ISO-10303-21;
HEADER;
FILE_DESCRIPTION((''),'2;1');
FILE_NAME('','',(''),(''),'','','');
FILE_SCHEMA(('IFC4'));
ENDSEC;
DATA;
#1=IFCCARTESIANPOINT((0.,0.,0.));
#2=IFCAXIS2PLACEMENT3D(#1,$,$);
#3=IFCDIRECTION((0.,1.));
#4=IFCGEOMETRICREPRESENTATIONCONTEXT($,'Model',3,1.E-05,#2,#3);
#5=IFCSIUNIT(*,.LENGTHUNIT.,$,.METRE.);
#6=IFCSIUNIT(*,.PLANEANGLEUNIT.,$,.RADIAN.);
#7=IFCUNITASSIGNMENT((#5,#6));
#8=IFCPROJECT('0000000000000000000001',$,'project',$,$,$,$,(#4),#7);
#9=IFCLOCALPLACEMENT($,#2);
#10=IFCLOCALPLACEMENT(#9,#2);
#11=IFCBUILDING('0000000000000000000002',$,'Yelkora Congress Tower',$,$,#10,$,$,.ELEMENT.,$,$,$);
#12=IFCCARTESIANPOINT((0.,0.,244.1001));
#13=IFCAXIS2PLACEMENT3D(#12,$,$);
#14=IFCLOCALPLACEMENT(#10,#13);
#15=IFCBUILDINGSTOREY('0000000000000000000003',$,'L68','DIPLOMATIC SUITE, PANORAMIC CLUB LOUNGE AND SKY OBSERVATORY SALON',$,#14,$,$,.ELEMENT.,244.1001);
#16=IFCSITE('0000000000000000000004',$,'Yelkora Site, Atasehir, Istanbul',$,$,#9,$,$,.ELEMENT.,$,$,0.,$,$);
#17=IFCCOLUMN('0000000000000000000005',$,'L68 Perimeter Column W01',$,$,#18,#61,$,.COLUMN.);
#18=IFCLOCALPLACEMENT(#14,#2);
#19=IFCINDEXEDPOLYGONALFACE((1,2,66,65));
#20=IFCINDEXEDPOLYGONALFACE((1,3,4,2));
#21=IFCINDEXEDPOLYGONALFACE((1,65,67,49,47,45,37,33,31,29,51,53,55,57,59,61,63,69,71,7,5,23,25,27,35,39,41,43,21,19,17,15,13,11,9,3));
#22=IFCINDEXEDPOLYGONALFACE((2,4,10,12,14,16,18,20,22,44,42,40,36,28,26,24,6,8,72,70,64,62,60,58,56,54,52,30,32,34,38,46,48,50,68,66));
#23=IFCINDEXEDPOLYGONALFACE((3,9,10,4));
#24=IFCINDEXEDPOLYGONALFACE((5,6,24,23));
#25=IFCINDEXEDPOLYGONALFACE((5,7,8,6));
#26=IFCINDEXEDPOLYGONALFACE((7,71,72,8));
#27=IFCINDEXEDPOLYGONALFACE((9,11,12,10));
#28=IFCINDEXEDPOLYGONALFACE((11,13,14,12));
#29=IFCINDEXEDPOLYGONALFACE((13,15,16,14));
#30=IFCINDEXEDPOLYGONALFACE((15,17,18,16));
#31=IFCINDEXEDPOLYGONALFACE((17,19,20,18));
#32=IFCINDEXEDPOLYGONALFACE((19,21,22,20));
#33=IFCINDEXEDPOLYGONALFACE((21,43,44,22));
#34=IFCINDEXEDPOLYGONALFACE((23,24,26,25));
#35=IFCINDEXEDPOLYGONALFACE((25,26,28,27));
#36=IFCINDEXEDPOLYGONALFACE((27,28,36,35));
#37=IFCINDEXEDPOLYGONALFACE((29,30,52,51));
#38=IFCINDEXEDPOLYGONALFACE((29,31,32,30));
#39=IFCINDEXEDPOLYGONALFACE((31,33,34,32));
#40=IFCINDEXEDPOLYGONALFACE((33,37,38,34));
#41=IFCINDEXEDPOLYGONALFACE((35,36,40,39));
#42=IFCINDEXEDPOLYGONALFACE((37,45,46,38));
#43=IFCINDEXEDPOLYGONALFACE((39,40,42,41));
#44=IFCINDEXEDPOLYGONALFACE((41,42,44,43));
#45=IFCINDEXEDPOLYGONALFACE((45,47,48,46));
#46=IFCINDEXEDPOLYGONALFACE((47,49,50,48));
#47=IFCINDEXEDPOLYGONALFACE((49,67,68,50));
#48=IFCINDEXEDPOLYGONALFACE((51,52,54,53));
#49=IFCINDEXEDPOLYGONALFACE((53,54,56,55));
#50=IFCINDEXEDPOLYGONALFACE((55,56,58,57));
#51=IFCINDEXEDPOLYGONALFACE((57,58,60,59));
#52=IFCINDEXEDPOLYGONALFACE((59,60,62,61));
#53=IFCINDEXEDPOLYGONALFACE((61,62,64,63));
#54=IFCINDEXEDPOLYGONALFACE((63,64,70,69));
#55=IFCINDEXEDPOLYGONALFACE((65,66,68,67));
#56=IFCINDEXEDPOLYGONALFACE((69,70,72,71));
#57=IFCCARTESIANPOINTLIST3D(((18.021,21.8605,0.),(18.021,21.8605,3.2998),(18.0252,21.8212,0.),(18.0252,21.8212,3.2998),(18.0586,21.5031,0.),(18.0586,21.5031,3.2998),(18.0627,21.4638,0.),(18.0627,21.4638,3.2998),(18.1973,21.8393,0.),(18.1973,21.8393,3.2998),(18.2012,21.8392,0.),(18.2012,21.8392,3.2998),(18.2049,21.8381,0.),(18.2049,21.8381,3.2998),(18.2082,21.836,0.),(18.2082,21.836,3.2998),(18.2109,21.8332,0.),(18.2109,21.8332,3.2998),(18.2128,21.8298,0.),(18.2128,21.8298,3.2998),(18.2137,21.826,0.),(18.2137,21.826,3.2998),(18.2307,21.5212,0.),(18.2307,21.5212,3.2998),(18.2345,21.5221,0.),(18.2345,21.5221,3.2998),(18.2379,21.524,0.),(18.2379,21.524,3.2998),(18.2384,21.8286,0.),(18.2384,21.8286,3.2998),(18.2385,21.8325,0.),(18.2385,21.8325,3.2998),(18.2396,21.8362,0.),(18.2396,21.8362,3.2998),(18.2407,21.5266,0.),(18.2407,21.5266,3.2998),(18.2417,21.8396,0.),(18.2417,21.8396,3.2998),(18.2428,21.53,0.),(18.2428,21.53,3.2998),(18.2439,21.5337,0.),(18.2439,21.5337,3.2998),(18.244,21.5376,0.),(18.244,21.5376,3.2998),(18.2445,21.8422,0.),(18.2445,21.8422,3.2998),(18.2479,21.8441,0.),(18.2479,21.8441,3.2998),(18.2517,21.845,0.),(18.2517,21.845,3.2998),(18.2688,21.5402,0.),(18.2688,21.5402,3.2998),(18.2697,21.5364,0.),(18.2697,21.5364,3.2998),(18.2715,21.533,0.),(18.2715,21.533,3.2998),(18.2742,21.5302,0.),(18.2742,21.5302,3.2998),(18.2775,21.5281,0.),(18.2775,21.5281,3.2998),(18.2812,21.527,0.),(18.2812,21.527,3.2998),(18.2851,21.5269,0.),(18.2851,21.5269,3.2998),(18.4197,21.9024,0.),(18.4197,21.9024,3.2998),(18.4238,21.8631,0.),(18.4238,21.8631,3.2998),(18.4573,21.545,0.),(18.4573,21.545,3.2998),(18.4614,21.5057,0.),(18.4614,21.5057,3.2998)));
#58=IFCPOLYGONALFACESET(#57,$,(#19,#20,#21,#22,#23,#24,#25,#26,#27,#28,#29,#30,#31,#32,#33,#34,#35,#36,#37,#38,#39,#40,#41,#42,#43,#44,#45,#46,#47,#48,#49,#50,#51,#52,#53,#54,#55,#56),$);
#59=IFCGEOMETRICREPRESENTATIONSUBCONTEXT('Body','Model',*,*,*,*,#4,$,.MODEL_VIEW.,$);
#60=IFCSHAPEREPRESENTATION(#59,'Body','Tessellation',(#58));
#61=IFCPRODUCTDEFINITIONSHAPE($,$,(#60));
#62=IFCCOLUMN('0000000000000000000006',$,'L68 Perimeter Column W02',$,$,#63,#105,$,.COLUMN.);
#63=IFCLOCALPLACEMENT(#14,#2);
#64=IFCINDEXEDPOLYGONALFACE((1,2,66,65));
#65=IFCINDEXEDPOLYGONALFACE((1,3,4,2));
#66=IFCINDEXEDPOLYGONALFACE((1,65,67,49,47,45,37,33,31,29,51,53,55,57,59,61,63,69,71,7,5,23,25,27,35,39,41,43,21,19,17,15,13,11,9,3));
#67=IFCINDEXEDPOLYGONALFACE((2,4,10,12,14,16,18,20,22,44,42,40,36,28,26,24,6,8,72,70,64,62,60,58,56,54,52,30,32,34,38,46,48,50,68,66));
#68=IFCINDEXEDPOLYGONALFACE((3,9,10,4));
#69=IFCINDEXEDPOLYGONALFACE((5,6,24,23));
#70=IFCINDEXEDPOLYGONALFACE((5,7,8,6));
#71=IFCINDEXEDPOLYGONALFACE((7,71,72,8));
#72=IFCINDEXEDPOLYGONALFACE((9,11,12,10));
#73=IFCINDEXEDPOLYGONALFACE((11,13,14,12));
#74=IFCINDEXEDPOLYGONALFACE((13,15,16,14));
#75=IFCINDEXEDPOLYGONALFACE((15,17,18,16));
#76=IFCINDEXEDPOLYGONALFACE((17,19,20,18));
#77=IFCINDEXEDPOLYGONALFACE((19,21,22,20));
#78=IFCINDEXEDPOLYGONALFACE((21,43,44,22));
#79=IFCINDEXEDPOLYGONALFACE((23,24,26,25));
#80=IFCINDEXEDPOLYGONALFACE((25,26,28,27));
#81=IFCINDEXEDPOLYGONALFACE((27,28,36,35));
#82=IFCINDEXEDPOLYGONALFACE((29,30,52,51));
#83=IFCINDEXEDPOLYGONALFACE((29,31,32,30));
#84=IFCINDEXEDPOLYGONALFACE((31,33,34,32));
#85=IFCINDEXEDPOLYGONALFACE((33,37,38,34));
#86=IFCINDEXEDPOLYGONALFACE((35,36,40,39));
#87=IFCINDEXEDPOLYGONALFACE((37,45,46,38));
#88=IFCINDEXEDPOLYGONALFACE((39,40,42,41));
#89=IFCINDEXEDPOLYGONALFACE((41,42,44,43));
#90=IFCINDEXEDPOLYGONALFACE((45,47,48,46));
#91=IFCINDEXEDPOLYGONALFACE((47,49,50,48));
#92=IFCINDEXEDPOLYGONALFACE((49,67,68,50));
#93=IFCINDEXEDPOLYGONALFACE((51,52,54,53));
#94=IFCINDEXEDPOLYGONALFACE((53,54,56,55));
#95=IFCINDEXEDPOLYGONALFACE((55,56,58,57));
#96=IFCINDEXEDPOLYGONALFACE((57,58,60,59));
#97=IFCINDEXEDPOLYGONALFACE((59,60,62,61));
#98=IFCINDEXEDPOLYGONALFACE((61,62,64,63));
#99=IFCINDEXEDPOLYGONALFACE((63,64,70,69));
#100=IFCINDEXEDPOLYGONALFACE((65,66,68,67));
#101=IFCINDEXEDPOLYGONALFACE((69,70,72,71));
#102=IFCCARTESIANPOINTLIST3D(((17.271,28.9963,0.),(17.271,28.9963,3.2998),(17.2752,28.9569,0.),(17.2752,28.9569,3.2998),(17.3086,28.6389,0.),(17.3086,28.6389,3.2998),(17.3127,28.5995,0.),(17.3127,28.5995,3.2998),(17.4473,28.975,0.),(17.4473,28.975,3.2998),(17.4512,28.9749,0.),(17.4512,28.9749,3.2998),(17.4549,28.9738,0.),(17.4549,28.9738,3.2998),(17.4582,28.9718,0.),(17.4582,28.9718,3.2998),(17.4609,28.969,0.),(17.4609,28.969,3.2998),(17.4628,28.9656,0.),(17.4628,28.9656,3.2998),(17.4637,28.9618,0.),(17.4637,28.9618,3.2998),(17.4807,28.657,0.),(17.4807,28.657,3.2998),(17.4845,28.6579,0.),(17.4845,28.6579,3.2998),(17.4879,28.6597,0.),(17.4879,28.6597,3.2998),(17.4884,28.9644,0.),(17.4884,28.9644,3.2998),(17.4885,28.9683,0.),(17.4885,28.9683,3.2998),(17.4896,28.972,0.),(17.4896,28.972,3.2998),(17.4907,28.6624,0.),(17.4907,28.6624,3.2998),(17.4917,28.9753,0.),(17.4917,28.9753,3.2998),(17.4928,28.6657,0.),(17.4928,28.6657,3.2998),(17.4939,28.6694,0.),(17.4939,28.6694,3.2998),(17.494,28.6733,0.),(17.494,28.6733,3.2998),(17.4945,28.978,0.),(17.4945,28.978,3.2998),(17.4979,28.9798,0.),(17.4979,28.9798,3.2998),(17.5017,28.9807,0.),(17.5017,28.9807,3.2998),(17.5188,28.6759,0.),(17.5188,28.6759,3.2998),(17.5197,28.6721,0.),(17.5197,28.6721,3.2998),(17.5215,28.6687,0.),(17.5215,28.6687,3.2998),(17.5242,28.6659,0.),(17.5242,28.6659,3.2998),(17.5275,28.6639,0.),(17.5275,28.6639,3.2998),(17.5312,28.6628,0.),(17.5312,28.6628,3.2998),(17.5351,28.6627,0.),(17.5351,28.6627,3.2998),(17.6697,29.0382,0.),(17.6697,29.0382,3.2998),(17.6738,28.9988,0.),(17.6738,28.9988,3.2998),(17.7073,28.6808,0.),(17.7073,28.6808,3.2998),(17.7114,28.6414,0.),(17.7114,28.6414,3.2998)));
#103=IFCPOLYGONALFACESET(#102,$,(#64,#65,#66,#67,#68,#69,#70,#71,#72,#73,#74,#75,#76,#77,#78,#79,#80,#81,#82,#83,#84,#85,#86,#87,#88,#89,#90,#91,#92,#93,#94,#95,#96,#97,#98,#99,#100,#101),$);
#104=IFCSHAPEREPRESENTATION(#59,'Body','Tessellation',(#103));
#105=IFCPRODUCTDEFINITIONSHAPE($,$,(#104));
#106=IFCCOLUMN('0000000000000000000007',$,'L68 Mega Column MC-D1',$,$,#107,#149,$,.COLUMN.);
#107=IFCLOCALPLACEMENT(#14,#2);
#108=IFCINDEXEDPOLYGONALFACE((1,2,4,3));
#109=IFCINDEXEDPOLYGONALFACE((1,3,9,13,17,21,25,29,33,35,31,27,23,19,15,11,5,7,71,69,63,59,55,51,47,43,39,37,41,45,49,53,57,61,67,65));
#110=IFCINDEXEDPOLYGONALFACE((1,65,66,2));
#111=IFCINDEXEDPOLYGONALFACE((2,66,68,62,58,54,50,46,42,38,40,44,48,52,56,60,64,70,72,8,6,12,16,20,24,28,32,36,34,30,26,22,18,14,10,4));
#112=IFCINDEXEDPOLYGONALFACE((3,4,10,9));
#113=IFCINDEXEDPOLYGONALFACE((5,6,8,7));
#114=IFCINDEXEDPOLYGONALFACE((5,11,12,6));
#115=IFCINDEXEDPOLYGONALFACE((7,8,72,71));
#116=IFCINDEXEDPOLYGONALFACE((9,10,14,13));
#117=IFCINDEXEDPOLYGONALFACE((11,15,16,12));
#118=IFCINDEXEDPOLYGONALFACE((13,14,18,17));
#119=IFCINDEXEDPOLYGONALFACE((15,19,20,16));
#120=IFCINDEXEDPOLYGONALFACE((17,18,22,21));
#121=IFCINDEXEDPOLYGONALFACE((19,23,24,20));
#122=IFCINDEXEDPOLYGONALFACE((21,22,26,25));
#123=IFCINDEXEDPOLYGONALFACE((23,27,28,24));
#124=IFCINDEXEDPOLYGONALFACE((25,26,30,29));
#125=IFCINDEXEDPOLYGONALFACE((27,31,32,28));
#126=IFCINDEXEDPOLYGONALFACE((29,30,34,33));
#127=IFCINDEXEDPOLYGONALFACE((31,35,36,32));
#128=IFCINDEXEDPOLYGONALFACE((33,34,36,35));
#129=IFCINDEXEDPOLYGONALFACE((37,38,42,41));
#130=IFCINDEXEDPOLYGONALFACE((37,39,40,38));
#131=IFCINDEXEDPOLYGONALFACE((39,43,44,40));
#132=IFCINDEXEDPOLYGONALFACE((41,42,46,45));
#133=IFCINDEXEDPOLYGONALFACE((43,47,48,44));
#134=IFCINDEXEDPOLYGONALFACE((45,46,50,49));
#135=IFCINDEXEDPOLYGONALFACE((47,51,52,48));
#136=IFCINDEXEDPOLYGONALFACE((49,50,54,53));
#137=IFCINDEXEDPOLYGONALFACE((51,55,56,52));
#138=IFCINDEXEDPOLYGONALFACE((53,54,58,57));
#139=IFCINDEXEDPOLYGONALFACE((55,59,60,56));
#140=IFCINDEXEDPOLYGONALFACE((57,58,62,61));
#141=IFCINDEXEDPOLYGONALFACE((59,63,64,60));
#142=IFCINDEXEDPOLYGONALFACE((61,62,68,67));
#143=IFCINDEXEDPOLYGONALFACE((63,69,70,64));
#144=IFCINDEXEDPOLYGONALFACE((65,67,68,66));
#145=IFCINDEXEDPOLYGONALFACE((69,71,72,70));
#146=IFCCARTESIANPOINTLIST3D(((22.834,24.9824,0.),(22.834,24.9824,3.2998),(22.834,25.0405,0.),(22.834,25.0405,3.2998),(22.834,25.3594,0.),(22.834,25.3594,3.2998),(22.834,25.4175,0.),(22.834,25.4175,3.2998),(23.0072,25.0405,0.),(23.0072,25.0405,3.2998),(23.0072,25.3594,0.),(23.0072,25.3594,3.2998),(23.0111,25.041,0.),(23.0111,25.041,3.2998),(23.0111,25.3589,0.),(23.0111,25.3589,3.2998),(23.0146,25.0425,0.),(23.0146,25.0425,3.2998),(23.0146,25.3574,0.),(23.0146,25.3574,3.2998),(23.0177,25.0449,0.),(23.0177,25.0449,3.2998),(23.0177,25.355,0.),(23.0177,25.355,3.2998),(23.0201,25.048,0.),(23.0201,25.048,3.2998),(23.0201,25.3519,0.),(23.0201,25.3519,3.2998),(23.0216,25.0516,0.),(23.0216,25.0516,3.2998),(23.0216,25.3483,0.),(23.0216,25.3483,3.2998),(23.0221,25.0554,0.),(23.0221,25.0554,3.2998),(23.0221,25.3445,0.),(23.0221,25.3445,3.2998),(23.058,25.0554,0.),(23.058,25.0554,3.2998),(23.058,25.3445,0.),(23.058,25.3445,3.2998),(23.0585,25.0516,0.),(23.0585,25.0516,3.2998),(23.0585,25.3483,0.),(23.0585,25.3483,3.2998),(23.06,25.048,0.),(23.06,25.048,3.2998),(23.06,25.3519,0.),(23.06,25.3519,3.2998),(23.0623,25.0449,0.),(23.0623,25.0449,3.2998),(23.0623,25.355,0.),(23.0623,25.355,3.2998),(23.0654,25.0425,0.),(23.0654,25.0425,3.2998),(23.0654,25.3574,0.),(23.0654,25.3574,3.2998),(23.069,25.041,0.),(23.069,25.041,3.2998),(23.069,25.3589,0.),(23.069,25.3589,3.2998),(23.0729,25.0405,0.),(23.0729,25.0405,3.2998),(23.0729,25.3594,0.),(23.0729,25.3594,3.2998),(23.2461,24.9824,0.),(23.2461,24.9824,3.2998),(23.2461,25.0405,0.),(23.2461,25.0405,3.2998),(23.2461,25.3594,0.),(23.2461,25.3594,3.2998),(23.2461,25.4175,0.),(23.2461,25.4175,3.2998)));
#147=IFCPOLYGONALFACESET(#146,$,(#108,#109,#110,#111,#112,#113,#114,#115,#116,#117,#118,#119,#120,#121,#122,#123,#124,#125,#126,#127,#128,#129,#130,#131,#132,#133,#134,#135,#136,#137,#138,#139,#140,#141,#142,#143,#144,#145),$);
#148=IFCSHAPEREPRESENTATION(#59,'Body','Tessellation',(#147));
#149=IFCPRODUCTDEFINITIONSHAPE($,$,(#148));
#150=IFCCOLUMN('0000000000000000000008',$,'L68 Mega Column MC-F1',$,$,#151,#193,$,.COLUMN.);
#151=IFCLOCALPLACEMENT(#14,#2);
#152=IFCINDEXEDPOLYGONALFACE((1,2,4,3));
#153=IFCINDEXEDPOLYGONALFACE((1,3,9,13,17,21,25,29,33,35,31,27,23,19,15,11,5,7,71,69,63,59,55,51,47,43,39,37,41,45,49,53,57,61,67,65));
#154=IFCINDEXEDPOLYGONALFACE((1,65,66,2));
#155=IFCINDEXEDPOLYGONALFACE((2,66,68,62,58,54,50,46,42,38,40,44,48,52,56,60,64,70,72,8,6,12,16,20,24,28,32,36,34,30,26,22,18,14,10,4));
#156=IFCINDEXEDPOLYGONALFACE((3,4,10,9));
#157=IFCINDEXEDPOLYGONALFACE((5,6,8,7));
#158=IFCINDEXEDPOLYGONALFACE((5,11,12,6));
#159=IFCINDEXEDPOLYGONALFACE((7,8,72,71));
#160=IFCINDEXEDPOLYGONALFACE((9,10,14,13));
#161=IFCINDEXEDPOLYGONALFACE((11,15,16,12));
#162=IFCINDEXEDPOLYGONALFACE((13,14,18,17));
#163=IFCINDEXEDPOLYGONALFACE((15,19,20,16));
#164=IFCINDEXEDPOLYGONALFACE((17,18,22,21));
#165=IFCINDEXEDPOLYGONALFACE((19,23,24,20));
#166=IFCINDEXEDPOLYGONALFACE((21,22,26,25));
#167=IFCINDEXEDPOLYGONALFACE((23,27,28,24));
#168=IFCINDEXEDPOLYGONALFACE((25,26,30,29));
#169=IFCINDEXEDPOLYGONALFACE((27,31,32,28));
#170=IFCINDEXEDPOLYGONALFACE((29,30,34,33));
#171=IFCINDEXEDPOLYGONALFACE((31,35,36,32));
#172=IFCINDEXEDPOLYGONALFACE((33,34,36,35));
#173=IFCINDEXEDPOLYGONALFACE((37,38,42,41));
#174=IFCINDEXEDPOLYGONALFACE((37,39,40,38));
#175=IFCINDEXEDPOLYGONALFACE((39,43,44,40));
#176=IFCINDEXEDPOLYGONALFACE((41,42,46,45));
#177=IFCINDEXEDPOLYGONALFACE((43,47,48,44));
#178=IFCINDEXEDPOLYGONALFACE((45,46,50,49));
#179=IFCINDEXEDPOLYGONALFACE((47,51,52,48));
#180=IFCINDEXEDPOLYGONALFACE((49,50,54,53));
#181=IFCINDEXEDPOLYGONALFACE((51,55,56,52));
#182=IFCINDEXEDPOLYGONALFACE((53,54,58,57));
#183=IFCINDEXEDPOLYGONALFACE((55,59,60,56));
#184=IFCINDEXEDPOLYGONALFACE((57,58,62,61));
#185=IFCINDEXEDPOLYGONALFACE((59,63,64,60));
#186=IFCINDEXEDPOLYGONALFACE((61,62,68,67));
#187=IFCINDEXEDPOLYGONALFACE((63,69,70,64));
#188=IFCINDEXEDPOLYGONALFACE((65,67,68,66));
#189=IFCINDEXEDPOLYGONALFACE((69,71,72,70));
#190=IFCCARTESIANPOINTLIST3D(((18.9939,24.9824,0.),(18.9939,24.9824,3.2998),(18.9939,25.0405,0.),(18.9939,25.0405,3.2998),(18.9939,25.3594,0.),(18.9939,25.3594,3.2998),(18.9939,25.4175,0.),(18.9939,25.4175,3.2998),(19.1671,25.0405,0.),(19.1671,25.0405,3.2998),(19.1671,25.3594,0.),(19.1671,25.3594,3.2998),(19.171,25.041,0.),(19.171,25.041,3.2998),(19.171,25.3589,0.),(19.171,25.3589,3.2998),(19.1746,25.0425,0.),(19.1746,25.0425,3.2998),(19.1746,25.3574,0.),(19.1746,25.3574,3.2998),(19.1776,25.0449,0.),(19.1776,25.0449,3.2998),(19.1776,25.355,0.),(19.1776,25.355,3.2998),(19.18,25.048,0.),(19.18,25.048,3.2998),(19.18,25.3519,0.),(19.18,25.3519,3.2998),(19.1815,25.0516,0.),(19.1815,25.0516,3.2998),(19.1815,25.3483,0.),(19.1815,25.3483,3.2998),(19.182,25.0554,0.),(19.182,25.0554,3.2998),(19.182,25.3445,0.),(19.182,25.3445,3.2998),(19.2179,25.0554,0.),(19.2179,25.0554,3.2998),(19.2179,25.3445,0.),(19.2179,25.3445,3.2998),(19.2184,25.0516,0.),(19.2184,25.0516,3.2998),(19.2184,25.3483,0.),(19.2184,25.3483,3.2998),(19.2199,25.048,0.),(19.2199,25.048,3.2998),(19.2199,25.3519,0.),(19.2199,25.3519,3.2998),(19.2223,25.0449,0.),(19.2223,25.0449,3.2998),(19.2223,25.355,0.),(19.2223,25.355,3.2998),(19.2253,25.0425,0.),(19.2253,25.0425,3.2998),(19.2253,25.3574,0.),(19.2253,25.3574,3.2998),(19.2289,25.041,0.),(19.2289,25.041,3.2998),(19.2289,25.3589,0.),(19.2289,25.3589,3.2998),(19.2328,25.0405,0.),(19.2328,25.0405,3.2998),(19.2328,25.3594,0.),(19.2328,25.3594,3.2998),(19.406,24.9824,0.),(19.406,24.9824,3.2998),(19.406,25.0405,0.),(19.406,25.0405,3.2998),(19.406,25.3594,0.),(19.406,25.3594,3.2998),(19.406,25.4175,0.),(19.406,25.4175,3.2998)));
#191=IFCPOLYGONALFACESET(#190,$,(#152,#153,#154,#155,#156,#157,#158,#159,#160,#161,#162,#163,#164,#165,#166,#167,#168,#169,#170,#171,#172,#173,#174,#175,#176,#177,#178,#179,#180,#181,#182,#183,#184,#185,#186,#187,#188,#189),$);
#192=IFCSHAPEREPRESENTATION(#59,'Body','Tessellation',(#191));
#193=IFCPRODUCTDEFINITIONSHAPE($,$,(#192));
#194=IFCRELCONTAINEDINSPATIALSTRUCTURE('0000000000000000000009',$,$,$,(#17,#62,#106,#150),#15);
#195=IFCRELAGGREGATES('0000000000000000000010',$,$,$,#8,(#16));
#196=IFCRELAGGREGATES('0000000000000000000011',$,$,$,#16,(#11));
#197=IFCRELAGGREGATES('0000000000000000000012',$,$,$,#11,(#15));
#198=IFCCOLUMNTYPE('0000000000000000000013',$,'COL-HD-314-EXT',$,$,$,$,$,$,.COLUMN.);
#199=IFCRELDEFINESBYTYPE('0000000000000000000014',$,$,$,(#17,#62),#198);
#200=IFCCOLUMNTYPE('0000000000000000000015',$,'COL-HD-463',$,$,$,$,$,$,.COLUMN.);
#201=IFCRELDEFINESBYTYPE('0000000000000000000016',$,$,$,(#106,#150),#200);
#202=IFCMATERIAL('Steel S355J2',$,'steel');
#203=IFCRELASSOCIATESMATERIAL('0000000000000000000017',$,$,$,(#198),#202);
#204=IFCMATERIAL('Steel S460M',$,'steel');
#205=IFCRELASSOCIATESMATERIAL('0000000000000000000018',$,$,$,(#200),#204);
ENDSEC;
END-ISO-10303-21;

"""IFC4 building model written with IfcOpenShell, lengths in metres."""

from ifc_helpers import new_model, si_unit, direction, frame, origin, origin_2d, place, context, subcontext, project, spatial, i_section, extrude, material, material_profile, profile_set, type_object, element, save


model = new_model("IFC4")

# Units and contexts
model_context = context("Model", 3, precision=1e-05, world=origin(), true_north=direction((0.0, 1.0)))
body_context = subcontext(model_context, "Body", "Model", "MODEL_VIEW")
ifc_project = project(units=[si_unit("LENGTHUNIT", "METRE"), si_unit("PLANEANGLEUNIT", "RADIAN")], contexts=[model_context])

# Site, building, storey
site_placement = place(None, origin())
site = spatial("IfcSite", under=ifc_project, at=site_placement, Name="Yelkora Site, Atasehir, Istanbul", CompositionType="ELEMENT", RefElevation=0.0)
building_placement = place(site_placement, origin())
building = spatial("IfcBuilding", under=site, at=building_placement, Name="Yelkora Congress Tower", CompositionType="ELEMENT")
storey_placement = place(building_placement, frame((0.0, 0.0, 244.1001)))
storey = spatial("IfcBuildingStorey", under=building, at=storey_placement, Name="L68", Description="DIPLOMATIC SUITE, PANORAMIC CLUB LOUNGE AND SKY OBSERVATORY SALON", CompositionType="ELEMENT", Elevation=244.1001)

# Columns
ifc_material_1 = material(Name="Steel S355J2", Category="steel")
ifc_material_profile_1 = material_profile(ifc_material_1, i_section(OverallWidth=0.4009, OverallDepth=0.3989, WebThickness=0.0249, FlangeThickness=0.0396, FilletRadius=0.0149, at=origin_2d()), Name="HD 400x314")
ifc_profile_set_1 = profile_set([ifc_material_profile_1], Name="Steel S355J2")
column_type_1 = type_object("IfcColumnType", Name="COL-HD-314-EXT", PredefinedType="COLUMN", material=ifc_profile_set_1)
for number, where, z_axis, x_axis, name in (
    (1, (18.2412, 21.6831, 0.0), (0.0, 0.0, 1.0), (0.994522, 0.104528, 0.0), "L68 Perimeter Column W01"),
    (2, (17.4912, 28.8188, 0.0), (0.0, 0.0, 1.0), (0.994522, 0.104528, 0.0), "L68 Perimeter Column W02"),
):
    element("IfcColumn", number, at=place(storey_placement, frame(where, z_axis=z_axis, x_axis=x_axis)), inside=storey, type_object=column_type_1, Name=name, PredefinedType="COLUMN", context=body_context, shape_type="SweptSolid", body=[
        extrude(i_section(OverallWidth=0.4009, OverallDepth=0.3989, WebThickness=0.0249, FlangeThickness=0.0396, FilletRadius=0.0149, at=origin_2d()), origin(), (0.0, 0.0, 1.0), 3.2998),
    ])
ifc_material_2 = material(Name="Steel S460M", Category="steel")
ifc_material_profile_2 = material_profile(ifc_material_2, i_section(OverallWidth=0.4121, OverallDepth=0.4351, WebThickness=0.0359, FlangeThickness=0.0581, FilletRadius=0.0149, at=origin_2d()), Name="HD 400x463")
ifc_profile_set_2 = profile_set([ifc_material_profile_2], Name="Steel S460M")
column_type_2 = type_object("IfcColumnType", Name="COL-HD-463", PredefinedType="COLUMN", material=ifc_profile_set_2)
for number, where, z_axis, x_axis, name in (
    (3, (23.04, 25.2, 0.0), (0.0, 0.0, 1.0), (1.0, 0.0, 0.0), "L68 Mega Column MC-D1"),
    (4, (19.2, 25.2, 0.0), (0.0, 0.0, 1.0), (1.0, 0.0, 0.0), "L68 Mega Column MC-F1"),
):
    element("IfcColumn", number, at=place(storey_placement, frame(where, z_axis=z_axis, x_axis=x_axis)), inside=storey, type_object=column_type_2, Name=name, PredefinedType="COLUMN", context=body_context, shape_type="SweptSolid", body=[
        extrude(i_section(OverallWidth=0.4121, OverallDepth=0.4351, WebThickness=0.0359, FlangeThickness=0.0581, FilletRadius=0.0149, at=origin_2d()), origin(), (0.0, 0.0, 1.0), 3.2998),
    ])

save(model, "model.ifc")
